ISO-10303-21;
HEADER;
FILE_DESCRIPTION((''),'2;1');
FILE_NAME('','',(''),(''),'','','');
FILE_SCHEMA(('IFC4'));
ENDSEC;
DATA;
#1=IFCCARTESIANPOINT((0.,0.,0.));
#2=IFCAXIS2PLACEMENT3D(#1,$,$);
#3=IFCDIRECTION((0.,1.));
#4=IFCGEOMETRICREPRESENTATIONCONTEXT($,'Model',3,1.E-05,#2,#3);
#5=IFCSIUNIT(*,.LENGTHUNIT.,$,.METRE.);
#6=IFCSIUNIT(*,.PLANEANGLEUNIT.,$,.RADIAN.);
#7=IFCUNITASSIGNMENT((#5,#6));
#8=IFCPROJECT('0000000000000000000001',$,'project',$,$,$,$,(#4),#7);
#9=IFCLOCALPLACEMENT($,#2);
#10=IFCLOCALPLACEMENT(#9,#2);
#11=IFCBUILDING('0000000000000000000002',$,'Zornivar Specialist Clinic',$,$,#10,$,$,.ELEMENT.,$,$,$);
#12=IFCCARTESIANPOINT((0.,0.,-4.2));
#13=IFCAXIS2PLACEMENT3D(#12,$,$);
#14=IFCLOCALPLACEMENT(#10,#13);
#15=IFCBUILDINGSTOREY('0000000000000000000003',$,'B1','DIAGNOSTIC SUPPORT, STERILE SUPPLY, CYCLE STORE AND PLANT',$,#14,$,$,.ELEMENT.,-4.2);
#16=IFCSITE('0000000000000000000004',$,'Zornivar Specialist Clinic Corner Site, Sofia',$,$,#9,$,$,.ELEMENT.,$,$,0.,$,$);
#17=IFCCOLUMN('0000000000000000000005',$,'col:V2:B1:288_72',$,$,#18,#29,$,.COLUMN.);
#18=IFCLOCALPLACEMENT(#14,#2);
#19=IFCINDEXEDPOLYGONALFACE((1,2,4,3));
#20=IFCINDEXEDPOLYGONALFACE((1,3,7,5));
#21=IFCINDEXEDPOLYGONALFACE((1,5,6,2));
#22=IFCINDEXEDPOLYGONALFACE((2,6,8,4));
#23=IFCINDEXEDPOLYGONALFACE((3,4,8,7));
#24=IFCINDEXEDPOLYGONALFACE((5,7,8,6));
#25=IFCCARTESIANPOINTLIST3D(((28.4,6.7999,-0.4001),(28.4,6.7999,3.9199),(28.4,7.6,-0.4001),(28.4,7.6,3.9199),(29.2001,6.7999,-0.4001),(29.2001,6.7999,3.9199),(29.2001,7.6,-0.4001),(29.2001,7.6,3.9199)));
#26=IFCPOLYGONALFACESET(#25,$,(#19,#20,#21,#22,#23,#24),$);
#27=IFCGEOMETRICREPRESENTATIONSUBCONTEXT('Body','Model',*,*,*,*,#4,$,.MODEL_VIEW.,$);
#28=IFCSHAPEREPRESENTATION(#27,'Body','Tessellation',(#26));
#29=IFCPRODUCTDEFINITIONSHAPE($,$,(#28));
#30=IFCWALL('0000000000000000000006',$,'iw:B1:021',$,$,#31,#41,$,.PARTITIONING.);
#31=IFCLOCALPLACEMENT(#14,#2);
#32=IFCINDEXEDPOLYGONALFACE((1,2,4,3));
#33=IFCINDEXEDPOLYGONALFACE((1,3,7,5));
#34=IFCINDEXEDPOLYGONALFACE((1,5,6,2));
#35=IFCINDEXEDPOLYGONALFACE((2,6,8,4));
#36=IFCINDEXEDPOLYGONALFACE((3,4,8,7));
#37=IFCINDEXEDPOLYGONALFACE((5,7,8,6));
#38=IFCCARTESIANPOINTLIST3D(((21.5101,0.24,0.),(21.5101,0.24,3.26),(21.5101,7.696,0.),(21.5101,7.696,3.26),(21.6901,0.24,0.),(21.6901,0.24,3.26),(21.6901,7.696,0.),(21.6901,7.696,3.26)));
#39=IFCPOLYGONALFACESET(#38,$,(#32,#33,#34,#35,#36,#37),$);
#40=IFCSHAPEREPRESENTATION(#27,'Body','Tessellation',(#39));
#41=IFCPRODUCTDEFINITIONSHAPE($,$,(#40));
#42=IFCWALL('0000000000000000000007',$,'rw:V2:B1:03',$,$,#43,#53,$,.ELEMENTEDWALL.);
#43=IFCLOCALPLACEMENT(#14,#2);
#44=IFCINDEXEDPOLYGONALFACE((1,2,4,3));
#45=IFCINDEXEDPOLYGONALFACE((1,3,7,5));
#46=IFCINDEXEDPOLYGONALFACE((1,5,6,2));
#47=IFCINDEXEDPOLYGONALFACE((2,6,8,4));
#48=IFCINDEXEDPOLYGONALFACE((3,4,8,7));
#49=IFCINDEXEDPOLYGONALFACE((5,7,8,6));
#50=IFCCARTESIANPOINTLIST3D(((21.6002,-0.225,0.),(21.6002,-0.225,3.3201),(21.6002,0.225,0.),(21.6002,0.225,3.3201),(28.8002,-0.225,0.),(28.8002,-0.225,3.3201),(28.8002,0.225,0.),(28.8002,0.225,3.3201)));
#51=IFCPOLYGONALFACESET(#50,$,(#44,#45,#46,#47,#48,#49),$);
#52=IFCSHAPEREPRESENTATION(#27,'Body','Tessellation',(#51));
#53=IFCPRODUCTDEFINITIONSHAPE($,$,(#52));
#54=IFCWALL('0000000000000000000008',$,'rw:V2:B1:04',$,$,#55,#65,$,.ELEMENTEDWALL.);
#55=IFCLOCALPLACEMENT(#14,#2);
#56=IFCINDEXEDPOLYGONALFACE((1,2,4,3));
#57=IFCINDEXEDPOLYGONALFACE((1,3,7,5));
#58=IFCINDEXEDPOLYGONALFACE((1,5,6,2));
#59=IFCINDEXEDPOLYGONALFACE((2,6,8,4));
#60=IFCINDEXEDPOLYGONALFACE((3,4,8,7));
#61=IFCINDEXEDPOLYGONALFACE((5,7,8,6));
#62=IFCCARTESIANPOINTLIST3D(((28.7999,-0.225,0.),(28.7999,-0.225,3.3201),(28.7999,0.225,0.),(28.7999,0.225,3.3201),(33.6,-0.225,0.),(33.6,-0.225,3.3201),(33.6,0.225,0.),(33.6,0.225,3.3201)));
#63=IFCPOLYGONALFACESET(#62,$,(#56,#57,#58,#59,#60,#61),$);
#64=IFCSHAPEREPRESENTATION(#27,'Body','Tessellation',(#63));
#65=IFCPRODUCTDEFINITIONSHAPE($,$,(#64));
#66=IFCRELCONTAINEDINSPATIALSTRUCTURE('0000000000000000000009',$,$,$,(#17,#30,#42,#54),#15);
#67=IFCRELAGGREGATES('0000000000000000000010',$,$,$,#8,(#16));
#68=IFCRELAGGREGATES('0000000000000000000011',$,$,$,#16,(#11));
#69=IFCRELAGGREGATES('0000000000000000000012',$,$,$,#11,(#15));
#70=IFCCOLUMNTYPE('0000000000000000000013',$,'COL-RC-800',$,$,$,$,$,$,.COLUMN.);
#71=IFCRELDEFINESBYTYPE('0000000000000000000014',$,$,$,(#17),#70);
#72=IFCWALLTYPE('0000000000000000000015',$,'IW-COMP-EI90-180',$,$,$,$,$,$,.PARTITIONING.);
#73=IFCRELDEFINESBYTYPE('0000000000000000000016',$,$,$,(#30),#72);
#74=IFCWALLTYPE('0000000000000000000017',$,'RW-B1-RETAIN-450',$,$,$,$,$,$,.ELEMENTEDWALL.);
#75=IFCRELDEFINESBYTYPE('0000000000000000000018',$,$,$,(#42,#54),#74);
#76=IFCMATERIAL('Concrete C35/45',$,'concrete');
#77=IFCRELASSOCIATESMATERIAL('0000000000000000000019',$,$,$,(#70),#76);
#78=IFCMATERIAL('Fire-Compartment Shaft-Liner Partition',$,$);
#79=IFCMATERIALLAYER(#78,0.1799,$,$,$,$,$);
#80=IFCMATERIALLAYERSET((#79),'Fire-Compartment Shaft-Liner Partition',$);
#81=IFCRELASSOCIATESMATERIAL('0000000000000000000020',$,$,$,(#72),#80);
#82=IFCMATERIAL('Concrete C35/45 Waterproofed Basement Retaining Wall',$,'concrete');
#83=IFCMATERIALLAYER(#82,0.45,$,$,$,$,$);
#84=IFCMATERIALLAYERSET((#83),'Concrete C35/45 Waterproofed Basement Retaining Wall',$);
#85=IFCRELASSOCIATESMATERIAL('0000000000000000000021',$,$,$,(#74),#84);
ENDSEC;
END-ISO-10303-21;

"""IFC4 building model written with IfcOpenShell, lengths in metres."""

from ifc_helpers import new_model, si_unit, direction, frame, frame_2d, origin, origin_2d, place, context, subcontext, project, spatial, rectangle, extrude, material, layer, layer_set, material_profile, profile_set, type_object, element, save


model = new_model("IFC4")

# Units and contexts
model_context = context("Model", 3, precision=1e-05, world=origin(), true_north=direction((0.0, 1.0)))
body_context = subcontext(model_context, "Body", "Model", "MODEL_VIEW")
ifc_project = project(units=[si_unit("LENGTHUNIT", "METRE"), si_unit("PLANEANGLEUNIT", "RADIAN")], contexts=[model_context])

# Site, building, storey
site_placement = place(None, origin())
site = spatial("IfcSite", under=ifc_project, at=site_placement, Name="Zornivar Specialist Clinic Corner Site, Sofia", CompositionType="ELEMENT", RefElevation=0.0)
building_placement = place(site_placement, origin())
building = spatial("IfcBuilding", under=site, at=building_placement, Name="Zornivar Specialist Clinic", CompositionType="ELEMENT")
storey_placement = place(building_placement, frame((0.0, 0.0, -4.2)))
storey = spatial("IfcBuildingStorey", under=building, at=storey_placement, Name="B1", Description="DIAGNOSTIC SUPPORT, STERILE SUPPLY, CYCLE STORE AND PLANT", CompositionType="ELEMENT", Elevation=-4.2)

# Column
ifc_material_1 = material(Name="Concrete C35/45", Category="concrete")
ifc_material_profile_1 = material_profile(ifc_material_1, rectangle(XDim=0.8, YDim=0.8, at=origin_2d()), Name="RC 800x800")
ifc_profile_set_1 = profile_set([ifc_material_profile_1], Name="Concrete C35/45")
column_type = type_object("IfcColumnType", Name="COL-RC-800", PredefinedType="COLUMN", material=ifc_profile_set_1)
for number, where, z_axis, x_axis, name in (
    (1, (28.8, 7.2, -0.4001), (0.0, 0.0, 1.0), (1.0, 0.0, 0.0), "col:V2:B1:288_72"),
):
    element("IfcColumn", number, at=place(storey_placement, frame(where, z_axis=z_axis, x_axis=x_axis)), inside=storey, type_object=column_type, Name=name, PredefinedType="COLUMN", context=body_context, shape_type="SweptSolid", body=[
        extrude(rectangle(XDim=0.8, YDim=0.8, at=origin_2d()), origin(), (0.0, 0.0, 1.0), 4.3201),
    ])

# Walls
ifc_material_2 = material(Name="Fire-Compartment Shaft-Liner Partition")
ifc_layer_1 = layer(ifc_material_2, 0.1799)
ifc_layer_set_1 = layer_set([ifc_layer_1], Name="Fire-Compartment Shaft-Liner Partition")
wall_type_1 = type_object("IfcWallType", Name="IW-COMP-EI90-180", PredefinedType="PARTITIONING", material=ifc_layer_set_1)
wall_1_placement = place(storey_placement, frame((21.6001, 7.696, 0.0), z_axis=(0.0, 0.0, 1.0), x_axis=(0.0, -1.0, 0.0)))
element("IfcWall", 2, at=wall_1_placement, inside=storey, type_object=wall_type_1, Name="iw:B1:021", PredefinedType="PARTITIONING", context=body_context, shape_type="SweptSolid", body=[
    extrude(rectangle(XDim=7.4561, YDim=0.1799, at=frame_2d((3.728, 0.0))), origin(), (0.0, 0.0, 1.0), 3.26),
])
ifc_material_3 = material(Name="Concrete C35/45 Waterproofed Basement Retaining Wall", Category="concrete")
ifc_layer_2 = layer(ifc_material_3, 0.45)
ifc_layer_set_2 = layer_set([ifc_layer_2], Name="Concrete C35/45 Waterproofed Basement Retaining Wall")
wall_type_2 = type_object("IfcWallType", Name="RW-B1-RETAIN-450", PredefinedType="ELEMENTEDWALL", material=ifc_layer_set_2)
wall_2_placement = place(storey_placement, frame((21.6001, 0.0, 0.0), z_axis=(0.0, 0.0, 1.0), x_axis=(1.0, 0.0, 0.0)))
element("IfcWall", 3, at=wall_2_placement, inside=storey, type_object=wall_type_2, Name="rw:V2:B1:03", PredefinedType="ELEMENTEDWALL", context=body_context, shape_type="SweptSolid", body=[
    extrude(rectangle(XDim=7.2, YDim=0.45, at=frame_2d((3.6001, 0.0))), origin(), (0.0, 0.0, 1.0), 3.3201),
])
wall_3_placement = place(storey_placement, frame((28.8, 0.0, 0.0), z_axis=(0.0, 0.0, 1.0), x_axis=(1.0, 0.0, 0.0)))
element("IfcWall", 4, at=wall_3_placement, inside=storey, type_object=wall_type_2, Name="rw:V2:B1:04", PredefinedType="ELEMENTEDWALL", context=body_context, shape_type="SweptSolid", body=[
    extrude(rectangle(XDim=4.8, YDim=0.45, at=frame_2d((2.3999, 0.0))), origin(), (0.0, 0.0, 1.0), 3.3201),
])

save(model, "model.ifc")
